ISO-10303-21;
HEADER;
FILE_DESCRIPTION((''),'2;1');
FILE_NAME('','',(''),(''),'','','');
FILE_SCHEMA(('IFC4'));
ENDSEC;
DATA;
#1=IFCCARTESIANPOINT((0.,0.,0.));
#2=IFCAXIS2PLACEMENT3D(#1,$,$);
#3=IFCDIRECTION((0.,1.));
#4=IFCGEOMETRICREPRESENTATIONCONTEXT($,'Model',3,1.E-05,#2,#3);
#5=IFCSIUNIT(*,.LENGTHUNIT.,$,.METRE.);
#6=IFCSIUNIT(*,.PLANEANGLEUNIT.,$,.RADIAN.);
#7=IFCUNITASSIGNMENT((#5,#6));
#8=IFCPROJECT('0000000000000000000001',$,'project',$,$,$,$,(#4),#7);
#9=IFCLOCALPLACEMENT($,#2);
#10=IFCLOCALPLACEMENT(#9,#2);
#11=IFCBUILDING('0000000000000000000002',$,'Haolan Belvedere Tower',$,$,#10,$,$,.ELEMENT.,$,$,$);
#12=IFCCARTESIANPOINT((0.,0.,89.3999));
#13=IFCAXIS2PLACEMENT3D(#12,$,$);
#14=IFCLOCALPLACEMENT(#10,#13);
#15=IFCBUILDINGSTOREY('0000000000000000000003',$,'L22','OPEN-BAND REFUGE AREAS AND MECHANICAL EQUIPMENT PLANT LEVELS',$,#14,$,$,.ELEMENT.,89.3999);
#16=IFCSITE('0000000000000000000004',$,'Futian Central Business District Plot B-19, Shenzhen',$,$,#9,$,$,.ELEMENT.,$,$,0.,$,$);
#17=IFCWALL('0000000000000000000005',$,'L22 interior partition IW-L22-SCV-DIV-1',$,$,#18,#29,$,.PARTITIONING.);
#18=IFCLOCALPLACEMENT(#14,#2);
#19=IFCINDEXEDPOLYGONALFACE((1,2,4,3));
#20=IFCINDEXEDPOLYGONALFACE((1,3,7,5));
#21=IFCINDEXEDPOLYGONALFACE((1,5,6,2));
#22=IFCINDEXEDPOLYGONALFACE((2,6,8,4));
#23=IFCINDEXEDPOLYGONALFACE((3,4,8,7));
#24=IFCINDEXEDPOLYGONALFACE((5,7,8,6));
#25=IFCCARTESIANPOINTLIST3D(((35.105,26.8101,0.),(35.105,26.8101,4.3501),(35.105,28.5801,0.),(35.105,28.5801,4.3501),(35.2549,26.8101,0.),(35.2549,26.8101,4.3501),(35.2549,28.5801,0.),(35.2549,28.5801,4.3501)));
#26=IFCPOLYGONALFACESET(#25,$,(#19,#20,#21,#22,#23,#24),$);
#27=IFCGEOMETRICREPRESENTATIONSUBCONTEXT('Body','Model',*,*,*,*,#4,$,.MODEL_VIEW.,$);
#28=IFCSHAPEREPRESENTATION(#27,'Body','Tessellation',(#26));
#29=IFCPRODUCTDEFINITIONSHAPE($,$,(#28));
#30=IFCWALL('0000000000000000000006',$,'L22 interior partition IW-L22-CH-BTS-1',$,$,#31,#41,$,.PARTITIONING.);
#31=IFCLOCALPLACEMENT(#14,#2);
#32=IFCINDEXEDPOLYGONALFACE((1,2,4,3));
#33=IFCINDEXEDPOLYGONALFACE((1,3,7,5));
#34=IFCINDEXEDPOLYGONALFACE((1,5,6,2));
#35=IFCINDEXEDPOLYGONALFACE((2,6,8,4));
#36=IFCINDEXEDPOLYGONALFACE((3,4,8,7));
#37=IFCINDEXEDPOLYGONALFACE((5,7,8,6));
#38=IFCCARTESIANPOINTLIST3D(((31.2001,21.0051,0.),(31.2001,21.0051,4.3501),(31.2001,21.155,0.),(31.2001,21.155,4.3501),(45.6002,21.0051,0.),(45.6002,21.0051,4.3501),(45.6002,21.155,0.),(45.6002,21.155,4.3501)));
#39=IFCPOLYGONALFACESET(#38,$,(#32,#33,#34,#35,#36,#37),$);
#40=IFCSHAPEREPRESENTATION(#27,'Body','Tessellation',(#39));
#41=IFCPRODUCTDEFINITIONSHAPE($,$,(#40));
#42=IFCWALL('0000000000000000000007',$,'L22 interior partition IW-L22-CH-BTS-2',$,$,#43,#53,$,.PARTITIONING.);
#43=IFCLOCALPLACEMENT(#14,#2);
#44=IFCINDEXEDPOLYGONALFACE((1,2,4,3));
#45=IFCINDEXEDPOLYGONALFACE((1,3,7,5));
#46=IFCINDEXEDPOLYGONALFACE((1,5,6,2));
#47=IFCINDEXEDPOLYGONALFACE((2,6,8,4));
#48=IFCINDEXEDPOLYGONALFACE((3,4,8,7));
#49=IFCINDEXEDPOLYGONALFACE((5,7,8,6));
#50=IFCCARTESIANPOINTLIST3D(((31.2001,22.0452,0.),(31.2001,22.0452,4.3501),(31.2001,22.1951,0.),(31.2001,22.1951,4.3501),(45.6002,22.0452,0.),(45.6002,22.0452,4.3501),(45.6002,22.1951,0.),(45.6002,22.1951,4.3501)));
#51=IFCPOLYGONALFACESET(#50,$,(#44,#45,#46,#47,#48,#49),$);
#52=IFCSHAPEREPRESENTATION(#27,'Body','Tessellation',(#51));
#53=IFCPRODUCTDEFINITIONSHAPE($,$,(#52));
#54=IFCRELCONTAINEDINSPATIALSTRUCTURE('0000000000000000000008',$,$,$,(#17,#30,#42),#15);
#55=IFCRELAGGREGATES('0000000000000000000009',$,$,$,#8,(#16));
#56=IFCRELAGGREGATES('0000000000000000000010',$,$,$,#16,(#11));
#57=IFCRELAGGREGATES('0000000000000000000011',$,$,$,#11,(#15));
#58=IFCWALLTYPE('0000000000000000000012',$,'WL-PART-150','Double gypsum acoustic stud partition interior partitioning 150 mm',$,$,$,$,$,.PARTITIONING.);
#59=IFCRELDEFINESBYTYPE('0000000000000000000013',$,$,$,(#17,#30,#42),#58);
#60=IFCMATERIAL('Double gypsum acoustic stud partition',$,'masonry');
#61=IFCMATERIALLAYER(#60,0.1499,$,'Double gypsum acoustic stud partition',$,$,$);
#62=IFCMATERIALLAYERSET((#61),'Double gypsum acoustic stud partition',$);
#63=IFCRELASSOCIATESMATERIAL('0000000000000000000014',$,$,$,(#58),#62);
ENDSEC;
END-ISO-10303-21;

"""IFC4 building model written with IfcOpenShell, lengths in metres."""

from ifc_helpers import new_model, si_unit, direction, frame, frame_2d, origin, place, context, subcontext, project, spatial, rectangle, extrude, material, layer, layer_set, type_object, element, save


model = new_model("IFC4")

# Units and contexts
model_context = context("Model", 3, precision=1e-05, world=origin(), true_north=direction((0.0, 1.0)))
body_context = subcontext(model_context, "Body", "Model", "MODEL_VIEW")
ifc_project = project(units=[si_unit("LENGTHUNIT", "METRE"), si_unit("PLANEANGLEUNIT", "RADIAN")], contexts=[model_context])

# Site, building, storey
site_placement = place(None, origin())
site = spatial("IfcSite", under=ifc_project, at=site_placement, Name="Futian Central Business District Plot B-19, Shenzhen", CompositionType="ELEMENT", RefElevation=0.0)
building_placement = place(site_placement, origin())
building = spatial("IfcBuilding", under=site, at=building_placement, Name="Haolan Belvedere Tower", CompositionType="ELEMENT")
storey_placement = place(building_placement, frame((0.0, 0.0, 89.3999)))
storey = spatial("IfcBuildingStorey", under=building, at=storey_placement, Name="L22", Description="OPEN-BAND REFUGE AREAS AND MECHANICAL EQUIPMENT PLANT LEVELS", CompositionType="ELEMENT", Elevation=89.3999)

# Walls
ifc_material_1 = material(Name="Double gypsum acoustic stud partition", Category="masonry")
ifc_layer_1 = layer(ifc_material_1, 0.1499, Name="Double gypsum acoustic stud partition")
ifc_layer_set_1 = layer_set([ifc_layer_1], Name="Double gypsum acoustic stud partition")
wall_type_1 = type_object("IfcWallType", Name="WL-PART-150", Description="Double gypsum acoustic stud partition interior partitioning 150 mm", PredefinedType="PARTITIONING", material=ifc_layer_set_1)
wall_1_placement = place(storey_placement, frame((35.1799, 26.8101, 0.0), z_axis=(0.0, 0.0, 1.0), x_axis=(0.0, 1.0, 0.0)))
element("IfcWall", 1, at=wall_1_placement, inside=storey, type_object=wall_type_1, Name="L22 interior partition IW-L22-SCV-DIV-1", PredefinedType="PARTITIONING", context=body_context, shape_type="SweptSolid", body=[
    extrude(rectangle(XDim=1.77, YDim=0.1499, at=frame_2d((0.885, 0.0))), origin(), (0.0, 0.0, 1.0), 4.3501),
])
for number, where, z_axis, x_axis, name in (
    (2, (31.2, 21.0801, 0.0), (0.0, 0.0, 1.0), (1.0, 0.0, 0.0), "L22 interior partition IW-L22-CH-BTS-1"),
    (3, (31.2, 22.1201, 0.0), (0.0, 0.0, 1.0), (1.0, 0.0, 0.0), "L22 interior partition IW-L22-CH-BTS-2"),
):
    element("IfcWall", number, at=place(storey_placement, frame(where, z_axis=z_axis, x_axis=x_axis)), inside=storey, type_object=wall_type_1, Name=name, PredefinedType="PARTITIONING", context=body_context, shape_type="SweptSolid", body=[
        extrude(rectangle(XDim=14.4001, YDim=0.1499, at=frame_2d((7.2002, 0.0))), origin(), (0.0, 0.0, 1.0), 4.3501),
    ])

save(model, "model.ifc")
